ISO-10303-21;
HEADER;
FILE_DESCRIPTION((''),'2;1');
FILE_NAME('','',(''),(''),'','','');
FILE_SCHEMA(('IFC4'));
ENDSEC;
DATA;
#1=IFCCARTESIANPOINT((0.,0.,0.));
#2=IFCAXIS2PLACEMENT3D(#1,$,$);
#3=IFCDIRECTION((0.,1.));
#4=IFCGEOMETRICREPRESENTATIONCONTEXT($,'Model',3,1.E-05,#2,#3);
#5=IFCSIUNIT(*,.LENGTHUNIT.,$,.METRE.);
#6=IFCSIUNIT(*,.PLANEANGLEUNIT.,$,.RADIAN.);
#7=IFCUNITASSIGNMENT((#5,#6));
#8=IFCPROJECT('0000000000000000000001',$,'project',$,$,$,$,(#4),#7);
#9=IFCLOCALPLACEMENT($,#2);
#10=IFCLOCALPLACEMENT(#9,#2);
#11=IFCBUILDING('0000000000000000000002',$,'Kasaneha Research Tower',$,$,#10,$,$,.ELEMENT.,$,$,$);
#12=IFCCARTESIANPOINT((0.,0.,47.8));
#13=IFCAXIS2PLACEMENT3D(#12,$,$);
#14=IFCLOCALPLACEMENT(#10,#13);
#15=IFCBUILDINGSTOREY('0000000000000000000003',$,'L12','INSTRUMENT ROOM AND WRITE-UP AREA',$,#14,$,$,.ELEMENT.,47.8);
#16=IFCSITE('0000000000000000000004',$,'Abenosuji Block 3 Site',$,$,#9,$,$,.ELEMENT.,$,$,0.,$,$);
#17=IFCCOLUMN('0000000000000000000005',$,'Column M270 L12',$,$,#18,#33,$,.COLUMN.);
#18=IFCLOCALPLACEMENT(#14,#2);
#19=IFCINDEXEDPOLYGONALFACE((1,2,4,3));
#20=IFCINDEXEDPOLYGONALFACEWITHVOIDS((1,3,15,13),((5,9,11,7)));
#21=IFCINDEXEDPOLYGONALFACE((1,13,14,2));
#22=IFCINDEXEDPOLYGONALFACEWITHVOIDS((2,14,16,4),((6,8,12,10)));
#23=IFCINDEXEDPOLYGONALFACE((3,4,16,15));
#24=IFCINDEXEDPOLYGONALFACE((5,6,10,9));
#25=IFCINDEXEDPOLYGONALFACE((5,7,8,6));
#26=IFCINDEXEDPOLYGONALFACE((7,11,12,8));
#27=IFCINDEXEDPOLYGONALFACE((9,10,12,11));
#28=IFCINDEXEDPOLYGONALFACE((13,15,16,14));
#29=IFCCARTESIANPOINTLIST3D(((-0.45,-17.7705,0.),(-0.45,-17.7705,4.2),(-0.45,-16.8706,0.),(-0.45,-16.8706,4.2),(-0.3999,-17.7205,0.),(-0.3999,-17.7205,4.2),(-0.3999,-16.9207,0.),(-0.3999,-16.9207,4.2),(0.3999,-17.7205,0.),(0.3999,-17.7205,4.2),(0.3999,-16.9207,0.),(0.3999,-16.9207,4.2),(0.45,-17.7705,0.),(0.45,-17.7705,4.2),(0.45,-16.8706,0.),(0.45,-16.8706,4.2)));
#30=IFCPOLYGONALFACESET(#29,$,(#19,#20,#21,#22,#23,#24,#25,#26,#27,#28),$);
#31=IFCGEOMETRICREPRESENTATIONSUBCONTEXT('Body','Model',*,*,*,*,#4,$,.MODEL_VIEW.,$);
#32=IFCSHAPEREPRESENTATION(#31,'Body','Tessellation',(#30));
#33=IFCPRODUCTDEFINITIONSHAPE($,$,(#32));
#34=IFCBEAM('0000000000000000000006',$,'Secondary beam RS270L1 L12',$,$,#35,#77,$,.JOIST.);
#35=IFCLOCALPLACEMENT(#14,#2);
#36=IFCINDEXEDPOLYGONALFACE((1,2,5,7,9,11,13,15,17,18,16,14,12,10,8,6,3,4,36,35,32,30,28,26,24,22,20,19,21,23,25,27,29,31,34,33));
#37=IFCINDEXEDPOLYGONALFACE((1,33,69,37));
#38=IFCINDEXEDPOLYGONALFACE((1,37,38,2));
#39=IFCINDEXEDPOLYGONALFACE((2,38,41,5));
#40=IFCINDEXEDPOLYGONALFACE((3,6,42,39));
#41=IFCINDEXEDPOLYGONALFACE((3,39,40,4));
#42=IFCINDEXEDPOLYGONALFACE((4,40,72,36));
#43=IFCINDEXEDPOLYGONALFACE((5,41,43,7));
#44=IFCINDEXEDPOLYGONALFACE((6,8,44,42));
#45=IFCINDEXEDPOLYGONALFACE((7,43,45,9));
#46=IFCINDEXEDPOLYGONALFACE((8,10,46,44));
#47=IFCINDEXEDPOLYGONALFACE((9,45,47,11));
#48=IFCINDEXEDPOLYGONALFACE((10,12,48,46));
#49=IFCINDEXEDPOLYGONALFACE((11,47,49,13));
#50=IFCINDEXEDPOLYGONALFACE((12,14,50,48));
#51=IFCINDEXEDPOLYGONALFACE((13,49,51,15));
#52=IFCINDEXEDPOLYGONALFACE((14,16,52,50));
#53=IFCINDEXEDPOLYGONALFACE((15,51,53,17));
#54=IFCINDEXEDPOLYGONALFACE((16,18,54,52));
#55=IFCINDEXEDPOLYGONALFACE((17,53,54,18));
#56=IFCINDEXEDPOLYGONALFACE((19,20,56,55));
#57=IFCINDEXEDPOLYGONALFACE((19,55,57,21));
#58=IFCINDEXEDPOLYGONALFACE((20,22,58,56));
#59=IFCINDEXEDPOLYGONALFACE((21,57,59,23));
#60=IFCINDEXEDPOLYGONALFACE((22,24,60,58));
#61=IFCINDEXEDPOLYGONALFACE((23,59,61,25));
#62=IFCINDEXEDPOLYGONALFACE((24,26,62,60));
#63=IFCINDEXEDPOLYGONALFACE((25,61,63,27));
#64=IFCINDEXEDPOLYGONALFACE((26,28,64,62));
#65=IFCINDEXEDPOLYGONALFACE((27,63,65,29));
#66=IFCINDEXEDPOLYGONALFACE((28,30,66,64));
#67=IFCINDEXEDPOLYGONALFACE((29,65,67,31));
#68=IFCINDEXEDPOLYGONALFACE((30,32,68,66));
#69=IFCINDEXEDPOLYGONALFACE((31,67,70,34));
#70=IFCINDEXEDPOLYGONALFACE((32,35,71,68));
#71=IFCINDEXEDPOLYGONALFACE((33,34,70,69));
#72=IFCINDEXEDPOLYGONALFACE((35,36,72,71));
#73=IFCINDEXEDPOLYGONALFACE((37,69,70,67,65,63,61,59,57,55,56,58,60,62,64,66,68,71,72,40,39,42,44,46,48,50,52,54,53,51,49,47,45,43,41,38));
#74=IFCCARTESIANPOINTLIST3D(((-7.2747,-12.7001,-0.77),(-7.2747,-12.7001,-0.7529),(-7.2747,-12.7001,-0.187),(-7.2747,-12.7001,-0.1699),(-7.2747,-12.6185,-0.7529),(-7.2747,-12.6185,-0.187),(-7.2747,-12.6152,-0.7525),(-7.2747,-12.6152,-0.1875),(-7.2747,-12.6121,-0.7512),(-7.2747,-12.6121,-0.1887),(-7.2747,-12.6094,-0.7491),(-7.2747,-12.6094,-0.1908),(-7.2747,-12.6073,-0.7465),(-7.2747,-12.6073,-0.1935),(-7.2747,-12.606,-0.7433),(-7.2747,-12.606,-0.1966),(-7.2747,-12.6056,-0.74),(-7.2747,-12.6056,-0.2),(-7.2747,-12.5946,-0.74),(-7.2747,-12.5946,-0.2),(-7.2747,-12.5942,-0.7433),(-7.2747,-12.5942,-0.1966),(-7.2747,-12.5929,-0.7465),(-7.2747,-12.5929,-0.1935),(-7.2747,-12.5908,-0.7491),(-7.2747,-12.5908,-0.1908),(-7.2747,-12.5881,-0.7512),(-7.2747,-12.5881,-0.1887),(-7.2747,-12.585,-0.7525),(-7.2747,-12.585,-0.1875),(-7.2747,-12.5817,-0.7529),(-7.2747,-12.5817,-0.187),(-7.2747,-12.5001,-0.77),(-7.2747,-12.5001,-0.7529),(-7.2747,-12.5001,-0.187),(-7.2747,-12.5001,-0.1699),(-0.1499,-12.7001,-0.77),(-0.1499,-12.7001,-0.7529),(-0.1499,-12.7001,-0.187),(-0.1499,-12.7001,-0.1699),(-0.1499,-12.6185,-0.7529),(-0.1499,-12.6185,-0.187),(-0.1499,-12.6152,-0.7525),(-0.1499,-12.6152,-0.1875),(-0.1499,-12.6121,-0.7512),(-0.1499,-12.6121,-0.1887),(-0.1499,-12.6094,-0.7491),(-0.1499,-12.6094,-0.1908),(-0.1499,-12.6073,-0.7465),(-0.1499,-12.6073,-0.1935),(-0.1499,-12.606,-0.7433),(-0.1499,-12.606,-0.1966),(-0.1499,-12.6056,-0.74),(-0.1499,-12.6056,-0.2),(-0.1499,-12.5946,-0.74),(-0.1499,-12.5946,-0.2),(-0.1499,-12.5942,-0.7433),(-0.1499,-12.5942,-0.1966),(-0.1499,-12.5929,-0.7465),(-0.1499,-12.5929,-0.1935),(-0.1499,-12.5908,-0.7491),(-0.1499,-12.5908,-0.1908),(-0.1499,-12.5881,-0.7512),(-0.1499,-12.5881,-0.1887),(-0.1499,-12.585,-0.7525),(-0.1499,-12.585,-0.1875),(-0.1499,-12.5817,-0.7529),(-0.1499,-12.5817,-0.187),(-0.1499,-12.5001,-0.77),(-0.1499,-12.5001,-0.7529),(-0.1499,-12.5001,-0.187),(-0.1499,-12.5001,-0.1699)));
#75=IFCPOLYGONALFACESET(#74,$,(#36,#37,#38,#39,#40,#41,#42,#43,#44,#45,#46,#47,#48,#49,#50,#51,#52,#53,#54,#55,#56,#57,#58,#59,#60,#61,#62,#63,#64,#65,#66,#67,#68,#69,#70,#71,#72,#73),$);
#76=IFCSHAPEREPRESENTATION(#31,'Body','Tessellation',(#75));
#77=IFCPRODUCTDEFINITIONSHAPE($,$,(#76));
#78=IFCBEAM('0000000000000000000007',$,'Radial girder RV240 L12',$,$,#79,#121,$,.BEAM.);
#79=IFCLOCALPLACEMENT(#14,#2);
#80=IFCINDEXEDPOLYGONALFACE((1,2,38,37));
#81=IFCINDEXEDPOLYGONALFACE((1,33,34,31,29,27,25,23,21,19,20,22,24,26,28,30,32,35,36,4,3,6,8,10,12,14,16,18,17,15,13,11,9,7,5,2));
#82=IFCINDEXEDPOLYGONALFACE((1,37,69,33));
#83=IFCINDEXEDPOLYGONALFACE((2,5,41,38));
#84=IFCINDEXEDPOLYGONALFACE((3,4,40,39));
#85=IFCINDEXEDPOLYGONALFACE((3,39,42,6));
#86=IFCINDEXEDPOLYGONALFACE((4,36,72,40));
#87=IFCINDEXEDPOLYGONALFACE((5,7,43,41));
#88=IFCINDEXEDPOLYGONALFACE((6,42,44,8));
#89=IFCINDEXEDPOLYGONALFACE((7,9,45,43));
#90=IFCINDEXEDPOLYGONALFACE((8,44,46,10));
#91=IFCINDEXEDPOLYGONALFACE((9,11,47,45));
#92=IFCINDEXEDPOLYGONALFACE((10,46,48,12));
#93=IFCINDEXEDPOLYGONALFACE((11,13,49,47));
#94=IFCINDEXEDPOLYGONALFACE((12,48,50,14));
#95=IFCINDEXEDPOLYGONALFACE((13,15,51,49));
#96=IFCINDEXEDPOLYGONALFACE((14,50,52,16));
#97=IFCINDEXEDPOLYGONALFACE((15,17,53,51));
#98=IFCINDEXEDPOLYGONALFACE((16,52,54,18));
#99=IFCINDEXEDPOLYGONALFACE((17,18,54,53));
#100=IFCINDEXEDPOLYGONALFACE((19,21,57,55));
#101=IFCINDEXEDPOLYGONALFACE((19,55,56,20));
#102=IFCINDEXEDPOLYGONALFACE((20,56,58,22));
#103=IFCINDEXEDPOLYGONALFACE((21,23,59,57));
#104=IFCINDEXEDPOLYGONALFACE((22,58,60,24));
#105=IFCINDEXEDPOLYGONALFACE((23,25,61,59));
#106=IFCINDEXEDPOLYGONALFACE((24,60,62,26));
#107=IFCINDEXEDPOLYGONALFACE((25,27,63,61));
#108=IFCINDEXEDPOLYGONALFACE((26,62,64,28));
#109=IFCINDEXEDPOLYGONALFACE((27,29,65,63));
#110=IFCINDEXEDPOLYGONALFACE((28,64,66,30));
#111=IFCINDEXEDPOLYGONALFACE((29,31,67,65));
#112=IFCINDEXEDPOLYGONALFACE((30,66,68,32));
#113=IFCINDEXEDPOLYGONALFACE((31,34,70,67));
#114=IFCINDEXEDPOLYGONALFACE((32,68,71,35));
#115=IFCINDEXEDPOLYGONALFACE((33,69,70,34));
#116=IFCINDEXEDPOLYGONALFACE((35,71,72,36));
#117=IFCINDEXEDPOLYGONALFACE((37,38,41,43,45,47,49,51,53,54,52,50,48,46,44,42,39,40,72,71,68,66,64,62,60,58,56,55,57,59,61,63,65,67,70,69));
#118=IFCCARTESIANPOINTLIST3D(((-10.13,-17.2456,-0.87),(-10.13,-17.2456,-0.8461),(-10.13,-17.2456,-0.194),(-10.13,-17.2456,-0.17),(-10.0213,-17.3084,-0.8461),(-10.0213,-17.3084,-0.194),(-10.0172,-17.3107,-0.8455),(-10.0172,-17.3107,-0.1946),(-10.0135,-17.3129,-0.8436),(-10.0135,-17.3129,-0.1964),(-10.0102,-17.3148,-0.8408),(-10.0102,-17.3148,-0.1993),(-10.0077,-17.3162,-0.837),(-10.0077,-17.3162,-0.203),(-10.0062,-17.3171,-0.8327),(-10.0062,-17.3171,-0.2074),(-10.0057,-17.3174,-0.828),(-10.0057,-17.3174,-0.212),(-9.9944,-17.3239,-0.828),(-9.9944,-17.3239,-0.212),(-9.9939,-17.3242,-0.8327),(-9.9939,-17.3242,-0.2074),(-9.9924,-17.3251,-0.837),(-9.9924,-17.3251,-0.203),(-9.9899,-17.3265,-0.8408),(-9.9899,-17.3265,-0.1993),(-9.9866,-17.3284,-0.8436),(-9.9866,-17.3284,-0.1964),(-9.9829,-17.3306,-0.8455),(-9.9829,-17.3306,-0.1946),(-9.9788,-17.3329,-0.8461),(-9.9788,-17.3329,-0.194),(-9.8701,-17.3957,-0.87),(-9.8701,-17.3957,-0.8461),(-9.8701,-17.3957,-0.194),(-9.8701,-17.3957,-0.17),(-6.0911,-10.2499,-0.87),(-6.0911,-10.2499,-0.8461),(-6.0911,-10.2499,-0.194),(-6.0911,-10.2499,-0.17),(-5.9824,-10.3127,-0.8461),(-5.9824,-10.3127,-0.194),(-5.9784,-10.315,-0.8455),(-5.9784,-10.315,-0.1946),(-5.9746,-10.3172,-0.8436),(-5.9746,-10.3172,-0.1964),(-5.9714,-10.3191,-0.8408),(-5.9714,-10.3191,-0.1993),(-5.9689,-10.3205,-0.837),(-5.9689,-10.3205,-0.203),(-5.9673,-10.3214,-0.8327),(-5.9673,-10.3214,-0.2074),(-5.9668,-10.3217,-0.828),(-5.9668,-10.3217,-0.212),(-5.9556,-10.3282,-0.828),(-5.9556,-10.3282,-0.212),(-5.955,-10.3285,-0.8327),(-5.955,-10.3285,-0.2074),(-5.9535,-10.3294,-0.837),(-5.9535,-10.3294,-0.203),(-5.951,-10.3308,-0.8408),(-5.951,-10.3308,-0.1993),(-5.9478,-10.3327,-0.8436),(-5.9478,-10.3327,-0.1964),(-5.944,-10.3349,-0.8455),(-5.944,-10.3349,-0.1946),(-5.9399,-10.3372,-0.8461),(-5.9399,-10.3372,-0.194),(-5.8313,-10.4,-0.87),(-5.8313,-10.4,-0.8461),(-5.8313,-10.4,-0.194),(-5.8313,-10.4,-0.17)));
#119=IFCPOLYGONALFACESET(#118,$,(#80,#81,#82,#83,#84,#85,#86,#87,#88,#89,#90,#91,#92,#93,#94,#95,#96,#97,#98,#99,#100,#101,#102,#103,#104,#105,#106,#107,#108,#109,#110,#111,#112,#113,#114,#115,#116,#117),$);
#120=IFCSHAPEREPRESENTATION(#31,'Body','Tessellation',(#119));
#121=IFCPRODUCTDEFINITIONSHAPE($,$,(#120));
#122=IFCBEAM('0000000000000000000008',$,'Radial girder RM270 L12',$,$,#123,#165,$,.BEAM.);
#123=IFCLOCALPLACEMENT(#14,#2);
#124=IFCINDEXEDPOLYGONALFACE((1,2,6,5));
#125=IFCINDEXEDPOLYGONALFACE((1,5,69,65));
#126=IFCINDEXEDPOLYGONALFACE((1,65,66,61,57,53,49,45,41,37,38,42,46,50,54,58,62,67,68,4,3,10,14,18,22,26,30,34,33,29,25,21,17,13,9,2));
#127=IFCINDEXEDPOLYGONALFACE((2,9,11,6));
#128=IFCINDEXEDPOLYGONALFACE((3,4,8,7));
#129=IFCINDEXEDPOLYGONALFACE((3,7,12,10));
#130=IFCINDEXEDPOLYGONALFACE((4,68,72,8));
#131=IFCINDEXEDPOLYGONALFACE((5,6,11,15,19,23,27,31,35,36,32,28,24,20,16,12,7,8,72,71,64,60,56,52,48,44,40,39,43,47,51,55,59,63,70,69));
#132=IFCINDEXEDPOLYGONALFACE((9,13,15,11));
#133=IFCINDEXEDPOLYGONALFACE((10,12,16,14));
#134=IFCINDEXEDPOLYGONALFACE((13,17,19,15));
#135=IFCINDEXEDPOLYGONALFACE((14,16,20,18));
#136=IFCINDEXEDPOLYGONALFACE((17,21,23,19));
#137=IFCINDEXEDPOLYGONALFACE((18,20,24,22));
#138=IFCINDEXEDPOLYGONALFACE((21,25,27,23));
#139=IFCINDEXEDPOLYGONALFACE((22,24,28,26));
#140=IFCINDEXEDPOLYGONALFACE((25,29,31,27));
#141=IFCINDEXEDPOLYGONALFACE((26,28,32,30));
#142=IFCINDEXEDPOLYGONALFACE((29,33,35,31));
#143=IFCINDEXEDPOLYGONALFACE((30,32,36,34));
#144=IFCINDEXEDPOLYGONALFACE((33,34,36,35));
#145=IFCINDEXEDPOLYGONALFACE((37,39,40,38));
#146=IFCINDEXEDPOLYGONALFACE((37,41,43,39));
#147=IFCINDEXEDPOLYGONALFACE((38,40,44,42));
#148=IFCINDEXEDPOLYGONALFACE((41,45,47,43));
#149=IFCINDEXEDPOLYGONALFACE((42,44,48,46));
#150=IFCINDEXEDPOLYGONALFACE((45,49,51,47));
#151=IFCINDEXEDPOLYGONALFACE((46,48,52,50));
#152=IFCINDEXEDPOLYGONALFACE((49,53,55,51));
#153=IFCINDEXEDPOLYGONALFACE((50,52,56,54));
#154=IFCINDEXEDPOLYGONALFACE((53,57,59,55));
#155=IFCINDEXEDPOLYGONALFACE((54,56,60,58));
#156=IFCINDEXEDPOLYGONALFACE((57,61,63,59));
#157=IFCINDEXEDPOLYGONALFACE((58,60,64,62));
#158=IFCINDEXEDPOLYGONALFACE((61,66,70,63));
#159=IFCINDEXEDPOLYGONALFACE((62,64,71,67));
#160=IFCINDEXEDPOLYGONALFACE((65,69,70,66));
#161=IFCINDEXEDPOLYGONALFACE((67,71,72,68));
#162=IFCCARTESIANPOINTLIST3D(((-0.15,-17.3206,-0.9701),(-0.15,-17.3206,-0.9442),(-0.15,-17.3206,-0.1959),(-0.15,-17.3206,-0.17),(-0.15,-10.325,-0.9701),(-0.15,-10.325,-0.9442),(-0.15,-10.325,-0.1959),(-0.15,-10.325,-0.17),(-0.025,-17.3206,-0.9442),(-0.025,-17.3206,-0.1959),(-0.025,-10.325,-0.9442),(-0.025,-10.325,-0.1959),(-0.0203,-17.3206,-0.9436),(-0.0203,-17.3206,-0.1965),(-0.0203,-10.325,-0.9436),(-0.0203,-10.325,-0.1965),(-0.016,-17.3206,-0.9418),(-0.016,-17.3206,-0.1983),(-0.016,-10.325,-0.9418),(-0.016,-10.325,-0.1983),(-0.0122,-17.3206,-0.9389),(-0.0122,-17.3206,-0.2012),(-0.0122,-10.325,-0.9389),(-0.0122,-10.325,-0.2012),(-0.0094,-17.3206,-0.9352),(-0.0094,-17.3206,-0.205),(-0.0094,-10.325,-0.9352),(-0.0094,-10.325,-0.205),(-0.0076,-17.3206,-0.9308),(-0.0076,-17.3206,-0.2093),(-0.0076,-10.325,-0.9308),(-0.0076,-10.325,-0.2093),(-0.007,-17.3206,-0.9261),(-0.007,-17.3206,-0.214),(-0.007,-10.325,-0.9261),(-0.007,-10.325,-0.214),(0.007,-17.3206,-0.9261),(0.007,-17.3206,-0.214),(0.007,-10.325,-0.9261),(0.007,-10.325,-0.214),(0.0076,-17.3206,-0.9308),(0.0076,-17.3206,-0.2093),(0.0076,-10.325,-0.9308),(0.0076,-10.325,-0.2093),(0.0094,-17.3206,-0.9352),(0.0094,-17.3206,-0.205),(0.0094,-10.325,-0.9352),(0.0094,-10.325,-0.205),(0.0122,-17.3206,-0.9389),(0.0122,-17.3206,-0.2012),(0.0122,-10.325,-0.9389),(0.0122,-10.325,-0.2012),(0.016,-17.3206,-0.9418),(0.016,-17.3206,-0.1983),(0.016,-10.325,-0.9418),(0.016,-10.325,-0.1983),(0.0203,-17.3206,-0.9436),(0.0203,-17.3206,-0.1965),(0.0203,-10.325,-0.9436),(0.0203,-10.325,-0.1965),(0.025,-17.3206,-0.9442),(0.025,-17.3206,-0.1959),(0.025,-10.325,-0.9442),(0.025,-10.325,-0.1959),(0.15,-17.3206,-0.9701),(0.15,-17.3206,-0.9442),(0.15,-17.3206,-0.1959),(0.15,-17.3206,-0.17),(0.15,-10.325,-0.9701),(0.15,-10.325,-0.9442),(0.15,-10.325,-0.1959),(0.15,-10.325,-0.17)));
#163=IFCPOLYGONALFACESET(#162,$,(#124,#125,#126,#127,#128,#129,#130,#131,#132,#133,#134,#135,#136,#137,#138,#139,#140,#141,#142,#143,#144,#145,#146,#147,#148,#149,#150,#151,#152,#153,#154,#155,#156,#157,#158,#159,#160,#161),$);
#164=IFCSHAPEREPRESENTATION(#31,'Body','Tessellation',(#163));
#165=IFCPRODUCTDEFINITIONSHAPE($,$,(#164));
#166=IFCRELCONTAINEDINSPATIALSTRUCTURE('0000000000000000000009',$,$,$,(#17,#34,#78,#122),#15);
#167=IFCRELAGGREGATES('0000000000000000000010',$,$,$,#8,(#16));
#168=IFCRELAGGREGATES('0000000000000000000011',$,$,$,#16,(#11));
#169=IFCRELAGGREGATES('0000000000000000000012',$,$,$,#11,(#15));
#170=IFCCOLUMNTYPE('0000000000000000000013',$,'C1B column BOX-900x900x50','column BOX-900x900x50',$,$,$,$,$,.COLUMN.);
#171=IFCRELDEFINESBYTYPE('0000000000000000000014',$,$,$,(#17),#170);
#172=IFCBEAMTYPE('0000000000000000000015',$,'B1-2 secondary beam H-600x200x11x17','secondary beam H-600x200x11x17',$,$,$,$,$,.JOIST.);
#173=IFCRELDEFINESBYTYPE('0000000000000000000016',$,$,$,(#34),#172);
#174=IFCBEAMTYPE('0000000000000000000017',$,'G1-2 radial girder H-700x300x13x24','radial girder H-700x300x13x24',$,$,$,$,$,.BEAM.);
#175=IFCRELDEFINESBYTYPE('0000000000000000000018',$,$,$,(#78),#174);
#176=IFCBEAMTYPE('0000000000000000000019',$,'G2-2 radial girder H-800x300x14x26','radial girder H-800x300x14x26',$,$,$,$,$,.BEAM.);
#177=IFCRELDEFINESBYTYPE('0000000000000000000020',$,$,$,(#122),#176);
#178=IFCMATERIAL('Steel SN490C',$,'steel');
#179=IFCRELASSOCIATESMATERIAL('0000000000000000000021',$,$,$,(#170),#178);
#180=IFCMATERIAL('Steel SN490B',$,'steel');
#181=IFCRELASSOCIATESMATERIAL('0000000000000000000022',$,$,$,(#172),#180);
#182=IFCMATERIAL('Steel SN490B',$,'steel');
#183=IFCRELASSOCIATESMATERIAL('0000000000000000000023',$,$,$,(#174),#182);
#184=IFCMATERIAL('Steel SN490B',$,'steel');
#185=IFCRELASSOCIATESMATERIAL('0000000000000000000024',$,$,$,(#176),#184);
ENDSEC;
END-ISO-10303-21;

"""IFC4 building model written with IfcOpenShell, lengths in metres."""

from ifc_helpers import new_model, si_unit, direction, frame, origin, origin_2d, place, context, subcontext, project, spatial, hollow_rectangle, i_section, extrude, material, material_profile, profile_set, type_object, element, save


model = new_model("IFC4")

# Units and contexts
model_context = context("Model", 3, precision=1e-05, world=origin(), true_north=direction((0.0, 1.0)))
body_context = subcontext(model_context, "Body", "Model", "MODEL_VIEW")
ifc_project = project(units=[si_unit("LENGTHUNIT", "METRE"), si_unit("PLANEANGLEUNIT", "RADIAN")], contexts=[model_context])

# Site, building, storey
site_placement = place(None, origin())
site = spatial("IfcSite", under=ifc_project, at=site_placement, Name="Abenosuji Block 3 Site", CompositionType="ELEMENT", RefElevation=0.0)
building_placement = place(site_placement, origin())
building = spatial("IfcBuilding", under=site, at=building_placement, Name="Kasaneha Research Tower", CompositionType="ELEMENT")
storey_placement = place(building_placement, frame((0.0, 0.0, 47.8)))
storey = spatial("IfcBuildingStorey", under=building, at=storey_placement, Name="L12", Description="INSTRUMENT ROOM AND WRITE-UP AREA", CompositionType="ELEMENT", Elevation=47.8)

# Column
ifc_material_1 = material(Name="Steel SN490C", Category="steel")
ifc_material_profile_1 = material_profile(ifc_material_1, hollow_rectangle(XDim=0.8999, YDim=0.8999, WallThickness=0.05, at=origin_2d()), Name="BOX-900x900x50")
ifc_profile_set_1 = profile_set([ifc_material_profile_1], Name="Steel SN490C")
column_type = type_object("IfcColumnType", Name="C1B column BOX-900x900x50", Description="column BOX-900x900x50", PredefinedType="COLUMN", material=ifc_profile_set_1)
column_placement = place(storey_placement, frame((0.0, -17.3206, 0.0), z_axis=(0.0, 0.0, 1.0), x_axis=(1.0, 0.0, 0.0)))
element("IfcColumn", 1, at=column_placement, inside=storey, type_object=column_type, Name="Column M270 L12", PredefinedType="COLUMN", context=body_context, shape_type="SweptSolid", body=[
    extrude(hollow_rectangle(XDim=0.8999, YDim=0.8999, WallThickness=0.05, at=origin_2d()), origin(), (0.0, 0.0, 1.0), 4.2),
])

# Beams
ifc_material_2 = material(Name="Steel SN490B", Category="steel")
ifc_material_profile_2 = material_profile(ifc_material_2, i_section(OverallWidth=0.2, OverallDepth=0.6001, WebThickness=0.011, FlangeThickness=0.0171, FilletRadius=0.0129, at=origin_2d()), Name="H-600x200x11x17")
ifc_profile_set_2 = profile_set([ifc_material_profile_2], Name="Steel SN490B")
beam_type_1 = type_object("IfcBeamType", Name="B1-2 secondary beam H-600x200x11x17", Description="secondary beam H-600x200x11x17", PredefinedType="JOIST", material=ifc_profile_set_2)
beam_1_placement = place(storey_placement, frame((-7.2747, -12.6001, -0.47), z_axis=(1.0, 0.0, 0.0), x_axis=(0.0, 1.0, 0.0)))
element("IfcBeam", 2, at=beam_1_placement, inside=storey, type_object=beam_type_1, Name="Secondary beam RS270L1 L12", PredefinedType="JOIST", context=body_context, shape_type="SweptSolid", body=[
    extrude(i_section(OverallWidth=0.2, OverallDepth=0.6001, WebThickness=0.011, FlangeThickness=0.0171, FilletRadius=0.0129, at=origin_2d()), origin(), (0.0, 0.0, 1.0), 7.1248),
])
ifc_material_3 = material(Name="Steel SN490B", Category="steel")
ifc_material_profile_3 = material_profile(ifc_material_3, i_section(OverallWidth=0.3, OverallDepth=0.7, WebThickness=0.0129, FlangeThickness=0.0239, FilletRadius=0.0181, at=origin_2d()), Name="H-700x300x13x24")
ifc_profile_set_3 = profile_set([ifc_material_profile_3], Name="Steel SN490B")
beam_type_2 = type_object("IfcBeamType", Name="G1-2 radial girder H-700x300x13x24", Description="radial girder H-700x300x13x24", PredefinedType="BEAM", material=ifc_profile_set_3)
beam_2_placement = place(storey_placement, frame((-5.9612, -10.325, -0.52), z_axis=(-0.499991, -0.866031, 0.0), x_axis=(0.866031, -0.499991, 0.0)))
element("IfcBeam", 3, at=beam_2_placement, inside=storey, type_object=beam_type_2, Name="Radial girder RV240 L12", PredefinedType="BEAM", context=body_context, shape_type="SweptSolid", body=[
    extrude(i_section(OverallWidth=0.3, OverallDepth=0.7, WebThickness=0.0129, FlangeThickness=0.0239, FilletRadius=0.0181, at=origin_2d()), origin(), (0.0, 0.0, 1.0), 8.0779),
])
ifc_material_4 = material(Name="Steel SN490B", Category="steel")
ifc_material_profile_4 = material_profile(ifc_material_4, i_section(OverallWidth=0.3, OverallDepth=0.8, WebThickness=0.0139, FlangeThickness=0.0259, FilletRadius=0.0181, at=origin_2d()), Name="H-800x300x14x26")
ifc_profile_set_4 = profile_set([ifc_material_profile_4], Name="Steel SN490B")
beam_type_3 = type_object("IfcBeamType", Name="G2-2 radial girder H-800x300x14x26", Description="radial girder H-800x300x14x26", PredefinedType="BEAM", material=ifc_profile_set_4)
beam_3_placement = place(storey_placement, frame((0.0, -10.325, -0.5701), z_axis=(0.0, -1.0, 0.0), x_axis=(1.0, 0.0, 0.0)))
element("IfcBeam", 4, at=beam_3_placement, inside=storey, type_object=beam_type_3, Name="Radial girder RM270 L12", PredefinedType="BEAM", context=body_context, shape_type="SweptSolid", body=[
    extrude(i_section(OverallWidth=0.3, OverallDepth=0.8, WebThickness=0.0139, FlangeThickness=0.0259, FilletRadius=0.0181, at=origin_2d()), origin(), (0.0, 0.0, 1.0), 6.9956),
])

save(model, "model.ifc")
